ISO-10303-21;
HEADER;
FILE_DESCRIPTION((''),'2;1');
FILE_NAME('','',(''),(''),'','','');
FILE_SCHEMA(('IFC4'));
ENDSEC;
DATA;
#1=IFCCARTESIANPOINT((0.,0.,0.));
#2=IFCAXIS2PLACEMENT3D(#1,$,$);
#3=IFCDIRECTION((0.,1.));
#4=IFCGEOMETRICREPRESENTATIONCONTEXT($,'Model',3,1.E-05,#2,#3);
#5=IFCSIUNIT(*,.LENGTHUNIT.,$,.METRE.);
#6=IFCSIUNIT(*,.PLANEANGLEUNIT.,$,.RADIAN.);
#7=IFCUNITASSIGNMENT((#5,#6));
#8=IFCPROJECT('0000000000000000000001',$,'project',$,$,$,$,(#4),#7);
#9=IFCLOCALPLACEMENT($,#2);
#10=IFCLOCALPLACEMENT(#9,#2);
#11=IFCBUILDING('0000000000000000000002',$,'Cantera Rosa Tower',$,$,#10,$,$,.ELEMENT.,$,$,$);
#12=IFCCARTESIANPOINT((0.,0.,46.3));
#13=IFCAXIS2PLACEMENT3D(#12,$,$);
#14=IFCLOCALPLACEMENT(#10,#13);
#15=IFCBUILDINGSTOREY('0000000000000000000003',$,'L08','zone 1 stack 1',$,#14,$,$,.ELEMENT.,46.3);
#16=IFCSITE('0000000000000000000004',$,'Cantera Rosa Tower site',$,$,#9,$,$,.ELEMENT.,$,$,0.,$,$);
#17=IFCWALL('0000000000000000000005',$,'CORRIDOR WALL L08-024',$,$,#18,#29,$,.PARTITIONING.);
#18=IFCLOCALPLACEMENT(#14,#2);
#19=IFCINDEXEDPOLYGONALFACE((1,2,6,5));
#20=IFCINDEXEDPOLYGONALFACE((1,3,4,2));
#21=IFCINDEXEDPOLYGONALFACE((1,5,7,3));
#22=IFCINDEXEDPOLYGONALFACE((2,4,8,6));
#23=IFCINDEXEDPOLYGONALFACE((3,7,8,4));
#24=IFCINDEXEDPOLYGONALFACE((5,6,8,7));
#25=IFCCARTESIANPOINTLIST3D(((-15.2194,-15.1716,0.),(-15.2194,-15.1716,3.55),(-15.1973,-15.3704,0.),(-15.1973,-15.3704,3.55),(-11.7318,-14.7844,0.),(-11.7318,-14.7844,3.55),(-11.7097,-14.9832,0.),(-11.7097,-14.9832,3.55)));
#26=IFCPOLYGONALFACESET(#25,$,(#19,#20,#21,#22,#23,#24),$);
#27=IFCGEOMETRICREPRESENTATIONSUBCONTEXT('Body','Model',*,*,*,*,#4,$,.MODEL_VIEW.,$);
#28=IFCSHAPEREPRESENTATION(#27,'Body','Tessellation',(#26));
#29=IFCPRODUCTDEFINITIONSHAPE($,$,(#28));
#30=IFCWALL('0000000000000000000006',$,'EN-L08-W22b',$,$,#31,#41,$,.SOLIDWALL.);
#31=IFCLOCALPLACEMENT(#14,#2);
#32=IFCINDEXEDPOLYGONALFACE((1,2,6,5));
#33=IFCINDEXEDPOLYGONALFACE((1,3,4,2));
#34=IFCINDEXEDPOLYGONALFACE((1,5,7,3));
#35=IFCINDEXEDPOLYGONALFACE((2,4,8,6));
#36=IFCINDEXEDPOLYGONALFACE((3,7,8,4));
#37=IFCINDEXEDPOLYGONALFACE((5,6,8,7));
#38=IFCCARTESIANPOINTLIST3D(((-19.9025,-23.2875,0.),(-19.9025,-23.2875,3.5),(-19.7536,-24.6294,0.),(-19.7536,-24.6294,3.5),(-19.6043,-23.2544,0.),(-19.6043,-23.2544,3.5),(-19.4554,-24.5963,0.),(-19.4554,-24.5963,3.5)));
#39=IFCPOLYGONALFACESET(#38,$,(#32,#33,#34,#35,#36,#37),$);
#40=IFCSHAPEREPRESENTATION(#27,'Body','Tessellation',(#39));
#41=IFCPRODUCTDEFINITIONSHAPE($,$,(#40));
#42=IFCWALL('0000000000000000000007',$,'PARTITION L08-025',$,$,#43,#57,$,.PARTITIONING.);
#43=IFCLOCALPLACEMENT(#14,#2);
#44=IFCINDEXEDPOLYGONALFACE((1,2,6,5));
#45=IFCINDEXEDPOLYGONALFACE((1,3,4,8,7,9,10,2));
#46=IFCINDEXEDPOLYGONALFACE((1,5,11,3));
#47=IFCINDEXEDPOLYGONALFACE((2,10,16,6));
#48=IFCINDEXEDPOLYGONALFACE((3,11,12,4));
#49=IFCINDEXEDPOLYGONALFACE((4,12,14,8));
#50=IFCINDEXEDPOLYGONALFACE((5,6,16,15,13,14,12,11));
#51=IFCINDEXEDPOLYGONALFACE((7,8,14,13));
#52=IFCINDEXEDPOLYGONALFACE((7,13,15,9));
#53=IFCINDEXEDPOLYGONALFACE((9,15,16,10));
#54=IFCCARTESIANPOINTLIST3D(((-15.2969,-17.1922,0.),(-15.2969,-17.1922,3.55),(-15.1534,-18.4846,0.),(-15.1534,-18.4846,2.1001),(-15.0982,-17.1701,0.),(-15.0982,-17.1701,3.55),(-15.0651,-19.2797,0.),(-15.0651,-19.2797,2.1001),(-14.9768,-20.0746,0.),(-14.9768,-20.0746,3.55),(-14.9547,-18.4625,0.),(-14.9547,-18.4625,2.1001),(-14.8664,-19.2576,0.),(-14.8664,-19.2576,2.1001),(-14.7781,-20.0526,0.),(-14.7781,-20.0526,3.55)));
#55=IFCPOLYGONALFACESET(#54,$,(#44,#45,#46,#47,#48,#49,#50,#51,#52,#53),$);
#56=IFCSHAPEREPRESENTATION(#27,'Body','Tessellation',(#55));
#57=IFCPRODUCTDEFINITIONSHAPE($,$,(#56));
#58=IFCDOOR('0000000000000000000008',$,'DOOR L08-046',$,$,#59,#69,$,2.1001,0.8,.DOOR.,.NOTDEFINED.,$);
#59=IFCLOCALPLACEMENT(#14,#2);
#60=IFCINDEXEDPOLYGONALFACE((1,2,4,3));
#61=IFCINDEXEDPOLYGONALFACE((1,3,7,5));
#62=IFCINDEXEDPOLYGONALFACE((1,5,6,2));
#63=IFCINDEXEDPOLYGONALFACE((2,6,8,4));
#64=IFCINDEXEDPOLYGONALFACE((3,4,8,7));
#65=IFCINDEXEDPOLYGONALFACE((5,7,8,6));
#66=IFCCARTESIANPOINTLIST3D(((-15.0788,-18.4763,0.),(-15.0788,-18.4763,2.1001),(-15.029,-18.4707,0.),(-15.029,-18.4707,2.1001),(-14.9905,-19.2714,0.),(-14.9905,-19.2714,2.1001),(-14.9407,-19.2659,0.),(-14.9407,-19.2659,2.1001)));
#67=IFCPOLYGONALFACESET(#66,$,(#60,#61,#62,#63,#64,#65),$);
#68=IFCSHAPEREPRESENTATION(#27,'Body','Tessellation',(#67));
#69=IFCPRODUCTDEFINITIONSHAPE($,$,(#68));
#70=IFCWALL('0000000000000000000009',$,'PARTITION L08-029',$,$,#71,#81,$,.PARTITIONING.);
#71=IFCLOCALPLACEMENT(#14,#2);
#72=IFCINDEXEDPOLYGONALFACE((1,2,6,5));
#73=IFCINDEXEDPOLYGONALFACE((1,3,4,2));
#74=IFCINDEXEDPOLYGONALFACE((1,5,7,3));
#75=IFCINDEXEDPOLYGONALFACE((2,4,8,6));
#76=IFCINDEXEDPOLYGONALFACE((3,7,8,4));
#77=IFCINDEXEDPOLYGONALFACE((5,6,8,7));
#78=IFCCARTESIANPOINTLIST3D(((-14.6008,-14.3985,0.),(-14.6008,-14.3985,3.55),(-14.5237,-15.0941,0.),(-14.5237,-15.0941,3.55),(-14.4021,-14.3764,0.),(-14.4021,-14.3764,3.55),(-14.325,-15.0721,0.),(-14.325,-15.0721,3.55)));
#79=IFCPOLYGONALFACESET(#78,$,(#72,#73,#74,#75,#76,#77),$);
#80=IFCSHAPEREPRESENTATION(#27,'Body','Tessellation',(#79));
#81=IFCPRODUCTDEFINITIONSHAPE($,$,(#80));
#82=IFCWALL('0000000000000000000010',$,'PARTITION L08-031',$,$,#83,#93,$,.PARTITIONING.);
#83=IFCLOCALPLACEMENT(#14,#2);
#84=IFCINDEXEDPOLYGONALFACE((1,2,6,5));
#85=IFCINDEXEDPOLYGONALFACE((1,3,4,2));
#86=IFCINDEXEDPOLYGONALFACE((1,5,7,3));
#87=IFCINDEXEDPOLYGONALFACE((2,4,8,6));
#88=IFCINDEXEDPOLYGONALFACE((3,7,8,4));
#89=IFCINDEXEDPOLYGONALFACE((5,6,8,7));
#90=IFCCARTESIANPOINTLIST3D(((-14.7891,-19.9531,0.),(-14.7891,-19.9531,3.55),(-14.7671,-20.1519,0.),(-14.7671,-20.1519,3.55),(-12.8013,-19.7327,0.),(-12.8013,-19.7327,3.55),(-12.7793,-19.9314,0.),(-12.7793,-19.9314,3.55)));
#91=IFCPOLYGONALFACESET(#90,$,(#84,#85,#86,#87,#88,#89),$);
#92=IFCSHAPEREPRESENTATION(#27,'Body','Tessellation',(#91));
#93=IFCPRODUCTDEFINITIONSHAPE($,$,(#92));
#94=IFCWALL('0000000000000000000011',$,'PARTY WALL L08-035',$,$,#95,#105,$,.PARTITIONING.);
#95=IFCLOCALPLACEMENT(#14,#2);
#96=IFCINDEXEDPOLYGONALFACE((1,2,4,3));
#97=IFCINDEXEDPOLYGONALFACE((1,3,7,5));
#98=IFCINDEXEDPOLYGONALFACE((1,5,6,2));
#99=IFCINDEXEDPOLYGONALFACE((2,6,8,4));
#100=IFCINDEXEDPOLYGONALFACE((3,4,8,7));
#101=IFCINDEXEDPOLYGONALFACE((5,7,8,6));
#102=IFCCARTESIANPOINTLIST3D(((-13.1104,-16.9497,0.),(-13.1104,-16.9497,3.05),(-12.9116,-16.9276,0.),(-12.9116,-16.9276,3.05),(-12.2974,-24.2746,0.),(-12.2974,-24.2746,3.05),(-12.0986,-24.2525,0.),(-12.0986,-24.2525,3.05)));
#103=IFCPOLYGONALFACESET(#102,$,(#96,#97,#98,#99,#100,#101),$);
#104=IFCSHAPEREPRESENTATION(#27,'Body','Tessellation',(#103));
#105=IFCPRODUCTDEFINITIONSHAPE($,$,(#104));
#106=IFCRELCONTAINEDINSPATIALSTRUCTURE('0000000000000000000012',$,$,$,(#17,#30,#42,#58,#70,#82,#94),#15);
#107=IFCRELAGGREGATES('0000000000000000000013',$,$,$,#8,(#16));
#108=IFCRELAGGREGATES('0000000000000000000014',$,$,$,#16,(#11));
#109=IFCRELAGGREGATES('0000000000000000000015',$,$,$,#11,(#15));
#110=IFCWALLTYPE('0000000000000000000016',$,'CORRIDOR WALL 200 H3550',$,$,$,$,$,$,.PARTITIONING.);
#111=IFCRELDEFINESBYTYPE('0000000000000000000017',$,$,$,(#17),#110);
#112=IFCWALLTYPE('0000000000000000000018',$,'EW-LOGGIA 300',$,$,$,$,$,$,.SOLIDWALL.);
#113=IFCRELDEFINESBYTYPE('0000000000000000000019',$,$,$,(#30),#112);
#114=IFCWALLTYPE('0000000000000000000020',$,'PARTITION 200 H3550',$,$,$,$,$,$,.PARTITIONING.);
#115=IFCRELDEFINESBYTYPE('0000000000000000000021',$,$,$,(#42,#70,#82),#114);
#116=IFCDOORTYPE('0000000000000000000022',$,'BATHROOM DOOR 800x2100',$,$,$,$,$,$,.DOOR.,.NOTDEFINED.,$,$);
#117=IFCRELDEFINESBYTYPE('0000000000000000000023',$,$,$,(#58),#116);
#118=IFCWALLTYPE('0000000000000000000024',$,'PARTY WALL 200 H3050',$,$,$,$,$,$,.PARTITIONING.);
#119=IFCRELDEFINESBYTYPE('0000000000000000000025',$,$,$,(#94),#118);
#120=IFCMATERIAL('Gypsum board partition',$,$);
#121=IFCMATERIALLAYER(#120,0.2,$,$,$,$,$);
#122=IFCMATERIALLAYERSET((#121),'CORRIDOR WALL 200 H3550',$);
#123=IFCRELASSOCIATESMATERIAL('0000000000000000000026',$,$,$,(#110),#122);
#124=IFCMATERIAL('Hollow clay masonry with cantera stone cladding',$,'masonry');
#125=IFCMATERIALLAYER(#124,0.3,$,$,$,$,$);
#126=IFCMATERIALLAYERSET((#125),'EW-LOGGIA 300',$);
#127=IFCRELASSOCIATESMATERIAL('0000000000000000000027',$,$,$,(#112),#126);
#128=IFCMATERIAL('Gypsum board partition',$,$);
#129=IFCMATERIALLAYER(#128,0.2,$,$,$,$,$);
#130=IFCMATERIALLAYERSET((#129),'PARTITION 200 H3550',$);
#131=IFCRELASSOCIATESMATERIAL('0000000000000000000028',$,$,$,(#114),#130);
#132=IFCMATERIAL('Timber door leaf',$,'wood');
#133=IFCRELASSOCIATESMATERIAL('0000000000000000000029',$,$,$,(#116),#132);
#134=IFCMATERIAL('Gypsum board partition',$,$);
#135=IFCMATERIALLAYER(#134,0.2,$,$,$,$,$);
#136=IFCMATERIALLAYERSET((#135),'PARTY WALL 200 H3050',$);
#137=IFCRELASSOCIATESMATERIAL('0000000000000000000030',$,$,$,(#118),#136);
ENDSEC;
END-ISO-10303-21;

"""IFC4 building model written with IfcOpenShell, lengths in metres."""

from ifc_helpers import new_model, si_unit, direction, frame, frame_2d, origin, place, context, subcontext, project, spatial, rectangle, extrude, material, layer, layer_set, type_object, element, fill, save


model = new_model("IFC4")

# Units and contexts
model_context = context("Model", 3, precision=1e-05, world=origin(), true_north=direction((0.0, 1.0)))
body_context = subcontext(model_context, "Body", "Model", "MODEL_VIEW")
ifc_project = project(units=[si_unit("LENGTHUNIT", "METRE"), si_unit("PLANEANGLEUNIT", "RADIAN")], contexts=[model_context])

# Site, building, storey
site_placement = place(None, origin())
site = spatial("IfcSite", under=ifc_project, at=site_placement, Name="Cantera Rosa Tower site", CompositionType="ELEMENT", RefElevation=0.0)
building_placement = place(site_placement, origin())
building = spatial("IfcBuilding", under=site, at=building_placement, Name="Cantera Rosa Tower", CompositionType="ELEMENT")
storey_placement = place(building_placement, frame((0.0, 0.0, 46.3)))
storey = spatial("IfcBuildingStorey", under=building, at=storey_placement, Name="L08", Description="zone 1 stack 1", CompositionType="ELEMENT", Elevation=46.3)

# Shared definitions
ifc_material_1 = material(Name="Gypsum board partition")
ifc_layer_1 = layer(ifc_material_1, 0.2)
ifc_layer_set_1 = layer_set([ifc_layer_1], Name="CORRIDOR WALL 200 H3550")
wall_type_1 = type_object("IfcWallType", Name="CORRIDOR WALL 200 H3550", PredefinedType="PARTITIONING", material=ifc_layer_set_1)

# Walls
wall_1_placement = place(storey_placement, frame((-15.2083, -15.271, 0.0), z_axis=(0.0, 0.0, 1.0), x_axis=(0.993893, 0.110348, 0.0)))
element("IfcWall", 1, at=wall_1_placement, inside=storey, type_object=wall_type_1, Name="CORRIDOR WALL L08-024", PredefinedType="PARTITIONING", context=body_context, shape_type="SweptSolid", body=[
    extrude(rectangle(XDim=3.509, YDim=0.2, at=frame_2d((1.7544, 0.0))), origin(), (0.0, 0.0, 1.0), 3.55),
])
ifc_material_2 = material(Name="Hollow clay masonry with cantera stone cladding", Category="masonry")
ifc_layer_2 = layer(ifc_material_2, 0.3)
ifc_layer_set_2 = layer_set([ifc_layer_2], Name="EW-LOGGIA 300")
wall_type_2 = type_object("IfcWallType", Name="EW-LOGGIA 300", PredefinedType="SOLIDWALL", material=ifc_layer_set_2)
wall_2_placement = place(storey_placement, frame((-19.7534, -23.271, 0.0), z_axis=(0.0, 0.0, 1.0), x_axis=(0.110312, -0.993897, 0.0)))
element("IfcWall", 2, at=wall_2_placement, inside=storey, type_object=wall_type_2, Name="EN-L08-W22b", PredefinedType="SOLIDWALL", context=body_context, shape_type="SweptSolid", body=[
    extrude(rectangle(XDim=1.3501, YDim=0.3, at=frame_2d((0.675, 0.0))), origin(), (0.0, 0.0, 1.0), 3.5),
])

# Wall, opening, door
ifc_material_3 = material(Name="Gypsum board partition")
ifc_layer_3 = layer(ifc_material_3, 0.2)
ifc_layer_set_3 = layer_set([ifc_layer_3], Name="PARTITION 200 H3550")
wall_type_3 = type_object("IfcWallType", Name="PARTITION 200 H3550", PredefinedType="PARTITIONING", material=ifc_layer_set_3)
wall_3_placement = place(storey_placement, frame((-14.8774, -20.0637, 0.0), z_axis=(0.0, 0.0, 1.0), x_axis=(-0.110367, 0.993891, 0.0)))
wall_3 = element("IfcWall", 3, at=wall_3_placement, inside=storey, type_object=wall_type_3, Name="PARTITION L08-025", PredefinedType="PARTITIONING", context=body_context, shape_type="SweptSolid", body=[
    extrude(rectangle(XDim=2.9001, YDim=0.2, at=frame_2d((1.4502, 0.0))), origin(), (0.0, 0.0, 1.0), 3.55),
])
opening_1_placement = place(wall_3_placement, frame((0.8, 0.0, 0.0)))
opening_1 = element("IfcOpeningElement", 4, at=opening_1_placement, cuts=wall_3, PredefinedType="OPENING", context=body_context, shape_type="SweptSolid", body=[
    extrude(rectangle(XDim=0.8, YDim=2.1001, at=frame_2d((0.3999, 1.05))), frame((0.0, 0.1099, 0.0), z_axis=(0.0, -1.0, 0.0), x_axis=(1.0, 0.0, 0.0)), (0.0, 0.0, 1.0), 0.22),
])
ifc_material_4 = material(Name="Timber door leaf", Category="wood")
door_type_1 = type_object("IfcDoorType", Name="BATHROOM DOOR 800x2100", OperationType="NOTDEFINED", PredefinedType="DOOR", material=ifc_material_4)
door_1_placement = place(opening_1_placement, origin())
door_1 = element("IfcDoor", 5, at=door_1_placement, inside=storey, type_object=door_type_1, Name="DOOR L08-046", OperationType="NOTDEFINED", OverallHeight=2.1001, OverallWidth=0.8, PredefinedType="DOOR", context=body_context, shape_type="SweptSolid", body=[
    extrude(rectangle(XDim=0.8, YDim=2.1001, at=frame_2d((0.3999, 1.05))), frame((0.0, 0.0249, 0.0), z_axis=(0.0, -1.0, 0.0), x_axis=(1.0, 0.0, 0.0)), (0.0, 0.0, 1.0), 0.05),
])
fill(opening_1, door_1)

# Walls
wall_4_placement = place(storey_placement, frame((-14.4243, -15.0833, 0.0), z_axis=(0.0, 0.0, 1.0), x_axis=(-0.110202, 0.993909, 0.0)))
element("IfcWall", 6, at=wall_4_placement, inside=storey, type_object=wall_type_3, Name="PARTITION L08-029", PredefinedType="PARTITIONING", context=body_context, shape_type="SweptSolid", body=[
    extrude(rectangle(XDim=0.7, YDim=0.2, at=frame_2d((0.3501, 0.0))), origin(), (0.0, 0.0, 1.0), 3.55),
])
wall_5_placement = place(storey_placement, frame((-12.7903, -19.832, 0.0), z_axis=(0.0, 0.0, 1.0), x_axis=(-0.993906, -0.110231, 0.0)))
element("IfcWall", 7, at=wall_5_placement, inside=storey, type_object=wall_type_3, Name="PARTITION L08-031", PredefinedType="PARTITIONING", context=body_context, shape_type="SweptSolid", body=[
    extrude(rectangle(XDim=2.0, YDim=0.2, at=frame_2d((1.0, 0.0))), origin(), (0.0, 0.0, 1.0), 3.55),
])
ifc_material_5 = material(Name="Gypsum board partition")
ifc_layer_4 = layer(ifc_material_5, 0.2)
ifc_layer_set_4 = layer_set([ifc_layer_4], Name="PARTY WALL 200 H3050")
wall_type_4 = type_object("IfcWallType", Name="PARTY WALL 200 H3050", PredefinedType="PARTITIONING", material=ifc_layer_set_4)
wall_6_placement = place(storey_placement, frame((-12.198, -24.2637, 0.0), z_axis=(0.0, 0.0, 1.0), x_axis=(-0.110312, 0.993897, 0.0)))
element("IfcWall", 8, at=wall_6_placement, inside=storey, type_object=wall_type_4, Name="PARTY WALL L08-035", PredefinedType="PARTITIONING", context=body_context, shape_type="SweptSolid", body=[
    extrude(rectangle(XDim=7.3699, YDim=0.2, at=frame_2d((3.6851, 0.0))), origin(), (0.0, 0.0, 1.0), 3.05),
])

save(model, "model.ifc")
